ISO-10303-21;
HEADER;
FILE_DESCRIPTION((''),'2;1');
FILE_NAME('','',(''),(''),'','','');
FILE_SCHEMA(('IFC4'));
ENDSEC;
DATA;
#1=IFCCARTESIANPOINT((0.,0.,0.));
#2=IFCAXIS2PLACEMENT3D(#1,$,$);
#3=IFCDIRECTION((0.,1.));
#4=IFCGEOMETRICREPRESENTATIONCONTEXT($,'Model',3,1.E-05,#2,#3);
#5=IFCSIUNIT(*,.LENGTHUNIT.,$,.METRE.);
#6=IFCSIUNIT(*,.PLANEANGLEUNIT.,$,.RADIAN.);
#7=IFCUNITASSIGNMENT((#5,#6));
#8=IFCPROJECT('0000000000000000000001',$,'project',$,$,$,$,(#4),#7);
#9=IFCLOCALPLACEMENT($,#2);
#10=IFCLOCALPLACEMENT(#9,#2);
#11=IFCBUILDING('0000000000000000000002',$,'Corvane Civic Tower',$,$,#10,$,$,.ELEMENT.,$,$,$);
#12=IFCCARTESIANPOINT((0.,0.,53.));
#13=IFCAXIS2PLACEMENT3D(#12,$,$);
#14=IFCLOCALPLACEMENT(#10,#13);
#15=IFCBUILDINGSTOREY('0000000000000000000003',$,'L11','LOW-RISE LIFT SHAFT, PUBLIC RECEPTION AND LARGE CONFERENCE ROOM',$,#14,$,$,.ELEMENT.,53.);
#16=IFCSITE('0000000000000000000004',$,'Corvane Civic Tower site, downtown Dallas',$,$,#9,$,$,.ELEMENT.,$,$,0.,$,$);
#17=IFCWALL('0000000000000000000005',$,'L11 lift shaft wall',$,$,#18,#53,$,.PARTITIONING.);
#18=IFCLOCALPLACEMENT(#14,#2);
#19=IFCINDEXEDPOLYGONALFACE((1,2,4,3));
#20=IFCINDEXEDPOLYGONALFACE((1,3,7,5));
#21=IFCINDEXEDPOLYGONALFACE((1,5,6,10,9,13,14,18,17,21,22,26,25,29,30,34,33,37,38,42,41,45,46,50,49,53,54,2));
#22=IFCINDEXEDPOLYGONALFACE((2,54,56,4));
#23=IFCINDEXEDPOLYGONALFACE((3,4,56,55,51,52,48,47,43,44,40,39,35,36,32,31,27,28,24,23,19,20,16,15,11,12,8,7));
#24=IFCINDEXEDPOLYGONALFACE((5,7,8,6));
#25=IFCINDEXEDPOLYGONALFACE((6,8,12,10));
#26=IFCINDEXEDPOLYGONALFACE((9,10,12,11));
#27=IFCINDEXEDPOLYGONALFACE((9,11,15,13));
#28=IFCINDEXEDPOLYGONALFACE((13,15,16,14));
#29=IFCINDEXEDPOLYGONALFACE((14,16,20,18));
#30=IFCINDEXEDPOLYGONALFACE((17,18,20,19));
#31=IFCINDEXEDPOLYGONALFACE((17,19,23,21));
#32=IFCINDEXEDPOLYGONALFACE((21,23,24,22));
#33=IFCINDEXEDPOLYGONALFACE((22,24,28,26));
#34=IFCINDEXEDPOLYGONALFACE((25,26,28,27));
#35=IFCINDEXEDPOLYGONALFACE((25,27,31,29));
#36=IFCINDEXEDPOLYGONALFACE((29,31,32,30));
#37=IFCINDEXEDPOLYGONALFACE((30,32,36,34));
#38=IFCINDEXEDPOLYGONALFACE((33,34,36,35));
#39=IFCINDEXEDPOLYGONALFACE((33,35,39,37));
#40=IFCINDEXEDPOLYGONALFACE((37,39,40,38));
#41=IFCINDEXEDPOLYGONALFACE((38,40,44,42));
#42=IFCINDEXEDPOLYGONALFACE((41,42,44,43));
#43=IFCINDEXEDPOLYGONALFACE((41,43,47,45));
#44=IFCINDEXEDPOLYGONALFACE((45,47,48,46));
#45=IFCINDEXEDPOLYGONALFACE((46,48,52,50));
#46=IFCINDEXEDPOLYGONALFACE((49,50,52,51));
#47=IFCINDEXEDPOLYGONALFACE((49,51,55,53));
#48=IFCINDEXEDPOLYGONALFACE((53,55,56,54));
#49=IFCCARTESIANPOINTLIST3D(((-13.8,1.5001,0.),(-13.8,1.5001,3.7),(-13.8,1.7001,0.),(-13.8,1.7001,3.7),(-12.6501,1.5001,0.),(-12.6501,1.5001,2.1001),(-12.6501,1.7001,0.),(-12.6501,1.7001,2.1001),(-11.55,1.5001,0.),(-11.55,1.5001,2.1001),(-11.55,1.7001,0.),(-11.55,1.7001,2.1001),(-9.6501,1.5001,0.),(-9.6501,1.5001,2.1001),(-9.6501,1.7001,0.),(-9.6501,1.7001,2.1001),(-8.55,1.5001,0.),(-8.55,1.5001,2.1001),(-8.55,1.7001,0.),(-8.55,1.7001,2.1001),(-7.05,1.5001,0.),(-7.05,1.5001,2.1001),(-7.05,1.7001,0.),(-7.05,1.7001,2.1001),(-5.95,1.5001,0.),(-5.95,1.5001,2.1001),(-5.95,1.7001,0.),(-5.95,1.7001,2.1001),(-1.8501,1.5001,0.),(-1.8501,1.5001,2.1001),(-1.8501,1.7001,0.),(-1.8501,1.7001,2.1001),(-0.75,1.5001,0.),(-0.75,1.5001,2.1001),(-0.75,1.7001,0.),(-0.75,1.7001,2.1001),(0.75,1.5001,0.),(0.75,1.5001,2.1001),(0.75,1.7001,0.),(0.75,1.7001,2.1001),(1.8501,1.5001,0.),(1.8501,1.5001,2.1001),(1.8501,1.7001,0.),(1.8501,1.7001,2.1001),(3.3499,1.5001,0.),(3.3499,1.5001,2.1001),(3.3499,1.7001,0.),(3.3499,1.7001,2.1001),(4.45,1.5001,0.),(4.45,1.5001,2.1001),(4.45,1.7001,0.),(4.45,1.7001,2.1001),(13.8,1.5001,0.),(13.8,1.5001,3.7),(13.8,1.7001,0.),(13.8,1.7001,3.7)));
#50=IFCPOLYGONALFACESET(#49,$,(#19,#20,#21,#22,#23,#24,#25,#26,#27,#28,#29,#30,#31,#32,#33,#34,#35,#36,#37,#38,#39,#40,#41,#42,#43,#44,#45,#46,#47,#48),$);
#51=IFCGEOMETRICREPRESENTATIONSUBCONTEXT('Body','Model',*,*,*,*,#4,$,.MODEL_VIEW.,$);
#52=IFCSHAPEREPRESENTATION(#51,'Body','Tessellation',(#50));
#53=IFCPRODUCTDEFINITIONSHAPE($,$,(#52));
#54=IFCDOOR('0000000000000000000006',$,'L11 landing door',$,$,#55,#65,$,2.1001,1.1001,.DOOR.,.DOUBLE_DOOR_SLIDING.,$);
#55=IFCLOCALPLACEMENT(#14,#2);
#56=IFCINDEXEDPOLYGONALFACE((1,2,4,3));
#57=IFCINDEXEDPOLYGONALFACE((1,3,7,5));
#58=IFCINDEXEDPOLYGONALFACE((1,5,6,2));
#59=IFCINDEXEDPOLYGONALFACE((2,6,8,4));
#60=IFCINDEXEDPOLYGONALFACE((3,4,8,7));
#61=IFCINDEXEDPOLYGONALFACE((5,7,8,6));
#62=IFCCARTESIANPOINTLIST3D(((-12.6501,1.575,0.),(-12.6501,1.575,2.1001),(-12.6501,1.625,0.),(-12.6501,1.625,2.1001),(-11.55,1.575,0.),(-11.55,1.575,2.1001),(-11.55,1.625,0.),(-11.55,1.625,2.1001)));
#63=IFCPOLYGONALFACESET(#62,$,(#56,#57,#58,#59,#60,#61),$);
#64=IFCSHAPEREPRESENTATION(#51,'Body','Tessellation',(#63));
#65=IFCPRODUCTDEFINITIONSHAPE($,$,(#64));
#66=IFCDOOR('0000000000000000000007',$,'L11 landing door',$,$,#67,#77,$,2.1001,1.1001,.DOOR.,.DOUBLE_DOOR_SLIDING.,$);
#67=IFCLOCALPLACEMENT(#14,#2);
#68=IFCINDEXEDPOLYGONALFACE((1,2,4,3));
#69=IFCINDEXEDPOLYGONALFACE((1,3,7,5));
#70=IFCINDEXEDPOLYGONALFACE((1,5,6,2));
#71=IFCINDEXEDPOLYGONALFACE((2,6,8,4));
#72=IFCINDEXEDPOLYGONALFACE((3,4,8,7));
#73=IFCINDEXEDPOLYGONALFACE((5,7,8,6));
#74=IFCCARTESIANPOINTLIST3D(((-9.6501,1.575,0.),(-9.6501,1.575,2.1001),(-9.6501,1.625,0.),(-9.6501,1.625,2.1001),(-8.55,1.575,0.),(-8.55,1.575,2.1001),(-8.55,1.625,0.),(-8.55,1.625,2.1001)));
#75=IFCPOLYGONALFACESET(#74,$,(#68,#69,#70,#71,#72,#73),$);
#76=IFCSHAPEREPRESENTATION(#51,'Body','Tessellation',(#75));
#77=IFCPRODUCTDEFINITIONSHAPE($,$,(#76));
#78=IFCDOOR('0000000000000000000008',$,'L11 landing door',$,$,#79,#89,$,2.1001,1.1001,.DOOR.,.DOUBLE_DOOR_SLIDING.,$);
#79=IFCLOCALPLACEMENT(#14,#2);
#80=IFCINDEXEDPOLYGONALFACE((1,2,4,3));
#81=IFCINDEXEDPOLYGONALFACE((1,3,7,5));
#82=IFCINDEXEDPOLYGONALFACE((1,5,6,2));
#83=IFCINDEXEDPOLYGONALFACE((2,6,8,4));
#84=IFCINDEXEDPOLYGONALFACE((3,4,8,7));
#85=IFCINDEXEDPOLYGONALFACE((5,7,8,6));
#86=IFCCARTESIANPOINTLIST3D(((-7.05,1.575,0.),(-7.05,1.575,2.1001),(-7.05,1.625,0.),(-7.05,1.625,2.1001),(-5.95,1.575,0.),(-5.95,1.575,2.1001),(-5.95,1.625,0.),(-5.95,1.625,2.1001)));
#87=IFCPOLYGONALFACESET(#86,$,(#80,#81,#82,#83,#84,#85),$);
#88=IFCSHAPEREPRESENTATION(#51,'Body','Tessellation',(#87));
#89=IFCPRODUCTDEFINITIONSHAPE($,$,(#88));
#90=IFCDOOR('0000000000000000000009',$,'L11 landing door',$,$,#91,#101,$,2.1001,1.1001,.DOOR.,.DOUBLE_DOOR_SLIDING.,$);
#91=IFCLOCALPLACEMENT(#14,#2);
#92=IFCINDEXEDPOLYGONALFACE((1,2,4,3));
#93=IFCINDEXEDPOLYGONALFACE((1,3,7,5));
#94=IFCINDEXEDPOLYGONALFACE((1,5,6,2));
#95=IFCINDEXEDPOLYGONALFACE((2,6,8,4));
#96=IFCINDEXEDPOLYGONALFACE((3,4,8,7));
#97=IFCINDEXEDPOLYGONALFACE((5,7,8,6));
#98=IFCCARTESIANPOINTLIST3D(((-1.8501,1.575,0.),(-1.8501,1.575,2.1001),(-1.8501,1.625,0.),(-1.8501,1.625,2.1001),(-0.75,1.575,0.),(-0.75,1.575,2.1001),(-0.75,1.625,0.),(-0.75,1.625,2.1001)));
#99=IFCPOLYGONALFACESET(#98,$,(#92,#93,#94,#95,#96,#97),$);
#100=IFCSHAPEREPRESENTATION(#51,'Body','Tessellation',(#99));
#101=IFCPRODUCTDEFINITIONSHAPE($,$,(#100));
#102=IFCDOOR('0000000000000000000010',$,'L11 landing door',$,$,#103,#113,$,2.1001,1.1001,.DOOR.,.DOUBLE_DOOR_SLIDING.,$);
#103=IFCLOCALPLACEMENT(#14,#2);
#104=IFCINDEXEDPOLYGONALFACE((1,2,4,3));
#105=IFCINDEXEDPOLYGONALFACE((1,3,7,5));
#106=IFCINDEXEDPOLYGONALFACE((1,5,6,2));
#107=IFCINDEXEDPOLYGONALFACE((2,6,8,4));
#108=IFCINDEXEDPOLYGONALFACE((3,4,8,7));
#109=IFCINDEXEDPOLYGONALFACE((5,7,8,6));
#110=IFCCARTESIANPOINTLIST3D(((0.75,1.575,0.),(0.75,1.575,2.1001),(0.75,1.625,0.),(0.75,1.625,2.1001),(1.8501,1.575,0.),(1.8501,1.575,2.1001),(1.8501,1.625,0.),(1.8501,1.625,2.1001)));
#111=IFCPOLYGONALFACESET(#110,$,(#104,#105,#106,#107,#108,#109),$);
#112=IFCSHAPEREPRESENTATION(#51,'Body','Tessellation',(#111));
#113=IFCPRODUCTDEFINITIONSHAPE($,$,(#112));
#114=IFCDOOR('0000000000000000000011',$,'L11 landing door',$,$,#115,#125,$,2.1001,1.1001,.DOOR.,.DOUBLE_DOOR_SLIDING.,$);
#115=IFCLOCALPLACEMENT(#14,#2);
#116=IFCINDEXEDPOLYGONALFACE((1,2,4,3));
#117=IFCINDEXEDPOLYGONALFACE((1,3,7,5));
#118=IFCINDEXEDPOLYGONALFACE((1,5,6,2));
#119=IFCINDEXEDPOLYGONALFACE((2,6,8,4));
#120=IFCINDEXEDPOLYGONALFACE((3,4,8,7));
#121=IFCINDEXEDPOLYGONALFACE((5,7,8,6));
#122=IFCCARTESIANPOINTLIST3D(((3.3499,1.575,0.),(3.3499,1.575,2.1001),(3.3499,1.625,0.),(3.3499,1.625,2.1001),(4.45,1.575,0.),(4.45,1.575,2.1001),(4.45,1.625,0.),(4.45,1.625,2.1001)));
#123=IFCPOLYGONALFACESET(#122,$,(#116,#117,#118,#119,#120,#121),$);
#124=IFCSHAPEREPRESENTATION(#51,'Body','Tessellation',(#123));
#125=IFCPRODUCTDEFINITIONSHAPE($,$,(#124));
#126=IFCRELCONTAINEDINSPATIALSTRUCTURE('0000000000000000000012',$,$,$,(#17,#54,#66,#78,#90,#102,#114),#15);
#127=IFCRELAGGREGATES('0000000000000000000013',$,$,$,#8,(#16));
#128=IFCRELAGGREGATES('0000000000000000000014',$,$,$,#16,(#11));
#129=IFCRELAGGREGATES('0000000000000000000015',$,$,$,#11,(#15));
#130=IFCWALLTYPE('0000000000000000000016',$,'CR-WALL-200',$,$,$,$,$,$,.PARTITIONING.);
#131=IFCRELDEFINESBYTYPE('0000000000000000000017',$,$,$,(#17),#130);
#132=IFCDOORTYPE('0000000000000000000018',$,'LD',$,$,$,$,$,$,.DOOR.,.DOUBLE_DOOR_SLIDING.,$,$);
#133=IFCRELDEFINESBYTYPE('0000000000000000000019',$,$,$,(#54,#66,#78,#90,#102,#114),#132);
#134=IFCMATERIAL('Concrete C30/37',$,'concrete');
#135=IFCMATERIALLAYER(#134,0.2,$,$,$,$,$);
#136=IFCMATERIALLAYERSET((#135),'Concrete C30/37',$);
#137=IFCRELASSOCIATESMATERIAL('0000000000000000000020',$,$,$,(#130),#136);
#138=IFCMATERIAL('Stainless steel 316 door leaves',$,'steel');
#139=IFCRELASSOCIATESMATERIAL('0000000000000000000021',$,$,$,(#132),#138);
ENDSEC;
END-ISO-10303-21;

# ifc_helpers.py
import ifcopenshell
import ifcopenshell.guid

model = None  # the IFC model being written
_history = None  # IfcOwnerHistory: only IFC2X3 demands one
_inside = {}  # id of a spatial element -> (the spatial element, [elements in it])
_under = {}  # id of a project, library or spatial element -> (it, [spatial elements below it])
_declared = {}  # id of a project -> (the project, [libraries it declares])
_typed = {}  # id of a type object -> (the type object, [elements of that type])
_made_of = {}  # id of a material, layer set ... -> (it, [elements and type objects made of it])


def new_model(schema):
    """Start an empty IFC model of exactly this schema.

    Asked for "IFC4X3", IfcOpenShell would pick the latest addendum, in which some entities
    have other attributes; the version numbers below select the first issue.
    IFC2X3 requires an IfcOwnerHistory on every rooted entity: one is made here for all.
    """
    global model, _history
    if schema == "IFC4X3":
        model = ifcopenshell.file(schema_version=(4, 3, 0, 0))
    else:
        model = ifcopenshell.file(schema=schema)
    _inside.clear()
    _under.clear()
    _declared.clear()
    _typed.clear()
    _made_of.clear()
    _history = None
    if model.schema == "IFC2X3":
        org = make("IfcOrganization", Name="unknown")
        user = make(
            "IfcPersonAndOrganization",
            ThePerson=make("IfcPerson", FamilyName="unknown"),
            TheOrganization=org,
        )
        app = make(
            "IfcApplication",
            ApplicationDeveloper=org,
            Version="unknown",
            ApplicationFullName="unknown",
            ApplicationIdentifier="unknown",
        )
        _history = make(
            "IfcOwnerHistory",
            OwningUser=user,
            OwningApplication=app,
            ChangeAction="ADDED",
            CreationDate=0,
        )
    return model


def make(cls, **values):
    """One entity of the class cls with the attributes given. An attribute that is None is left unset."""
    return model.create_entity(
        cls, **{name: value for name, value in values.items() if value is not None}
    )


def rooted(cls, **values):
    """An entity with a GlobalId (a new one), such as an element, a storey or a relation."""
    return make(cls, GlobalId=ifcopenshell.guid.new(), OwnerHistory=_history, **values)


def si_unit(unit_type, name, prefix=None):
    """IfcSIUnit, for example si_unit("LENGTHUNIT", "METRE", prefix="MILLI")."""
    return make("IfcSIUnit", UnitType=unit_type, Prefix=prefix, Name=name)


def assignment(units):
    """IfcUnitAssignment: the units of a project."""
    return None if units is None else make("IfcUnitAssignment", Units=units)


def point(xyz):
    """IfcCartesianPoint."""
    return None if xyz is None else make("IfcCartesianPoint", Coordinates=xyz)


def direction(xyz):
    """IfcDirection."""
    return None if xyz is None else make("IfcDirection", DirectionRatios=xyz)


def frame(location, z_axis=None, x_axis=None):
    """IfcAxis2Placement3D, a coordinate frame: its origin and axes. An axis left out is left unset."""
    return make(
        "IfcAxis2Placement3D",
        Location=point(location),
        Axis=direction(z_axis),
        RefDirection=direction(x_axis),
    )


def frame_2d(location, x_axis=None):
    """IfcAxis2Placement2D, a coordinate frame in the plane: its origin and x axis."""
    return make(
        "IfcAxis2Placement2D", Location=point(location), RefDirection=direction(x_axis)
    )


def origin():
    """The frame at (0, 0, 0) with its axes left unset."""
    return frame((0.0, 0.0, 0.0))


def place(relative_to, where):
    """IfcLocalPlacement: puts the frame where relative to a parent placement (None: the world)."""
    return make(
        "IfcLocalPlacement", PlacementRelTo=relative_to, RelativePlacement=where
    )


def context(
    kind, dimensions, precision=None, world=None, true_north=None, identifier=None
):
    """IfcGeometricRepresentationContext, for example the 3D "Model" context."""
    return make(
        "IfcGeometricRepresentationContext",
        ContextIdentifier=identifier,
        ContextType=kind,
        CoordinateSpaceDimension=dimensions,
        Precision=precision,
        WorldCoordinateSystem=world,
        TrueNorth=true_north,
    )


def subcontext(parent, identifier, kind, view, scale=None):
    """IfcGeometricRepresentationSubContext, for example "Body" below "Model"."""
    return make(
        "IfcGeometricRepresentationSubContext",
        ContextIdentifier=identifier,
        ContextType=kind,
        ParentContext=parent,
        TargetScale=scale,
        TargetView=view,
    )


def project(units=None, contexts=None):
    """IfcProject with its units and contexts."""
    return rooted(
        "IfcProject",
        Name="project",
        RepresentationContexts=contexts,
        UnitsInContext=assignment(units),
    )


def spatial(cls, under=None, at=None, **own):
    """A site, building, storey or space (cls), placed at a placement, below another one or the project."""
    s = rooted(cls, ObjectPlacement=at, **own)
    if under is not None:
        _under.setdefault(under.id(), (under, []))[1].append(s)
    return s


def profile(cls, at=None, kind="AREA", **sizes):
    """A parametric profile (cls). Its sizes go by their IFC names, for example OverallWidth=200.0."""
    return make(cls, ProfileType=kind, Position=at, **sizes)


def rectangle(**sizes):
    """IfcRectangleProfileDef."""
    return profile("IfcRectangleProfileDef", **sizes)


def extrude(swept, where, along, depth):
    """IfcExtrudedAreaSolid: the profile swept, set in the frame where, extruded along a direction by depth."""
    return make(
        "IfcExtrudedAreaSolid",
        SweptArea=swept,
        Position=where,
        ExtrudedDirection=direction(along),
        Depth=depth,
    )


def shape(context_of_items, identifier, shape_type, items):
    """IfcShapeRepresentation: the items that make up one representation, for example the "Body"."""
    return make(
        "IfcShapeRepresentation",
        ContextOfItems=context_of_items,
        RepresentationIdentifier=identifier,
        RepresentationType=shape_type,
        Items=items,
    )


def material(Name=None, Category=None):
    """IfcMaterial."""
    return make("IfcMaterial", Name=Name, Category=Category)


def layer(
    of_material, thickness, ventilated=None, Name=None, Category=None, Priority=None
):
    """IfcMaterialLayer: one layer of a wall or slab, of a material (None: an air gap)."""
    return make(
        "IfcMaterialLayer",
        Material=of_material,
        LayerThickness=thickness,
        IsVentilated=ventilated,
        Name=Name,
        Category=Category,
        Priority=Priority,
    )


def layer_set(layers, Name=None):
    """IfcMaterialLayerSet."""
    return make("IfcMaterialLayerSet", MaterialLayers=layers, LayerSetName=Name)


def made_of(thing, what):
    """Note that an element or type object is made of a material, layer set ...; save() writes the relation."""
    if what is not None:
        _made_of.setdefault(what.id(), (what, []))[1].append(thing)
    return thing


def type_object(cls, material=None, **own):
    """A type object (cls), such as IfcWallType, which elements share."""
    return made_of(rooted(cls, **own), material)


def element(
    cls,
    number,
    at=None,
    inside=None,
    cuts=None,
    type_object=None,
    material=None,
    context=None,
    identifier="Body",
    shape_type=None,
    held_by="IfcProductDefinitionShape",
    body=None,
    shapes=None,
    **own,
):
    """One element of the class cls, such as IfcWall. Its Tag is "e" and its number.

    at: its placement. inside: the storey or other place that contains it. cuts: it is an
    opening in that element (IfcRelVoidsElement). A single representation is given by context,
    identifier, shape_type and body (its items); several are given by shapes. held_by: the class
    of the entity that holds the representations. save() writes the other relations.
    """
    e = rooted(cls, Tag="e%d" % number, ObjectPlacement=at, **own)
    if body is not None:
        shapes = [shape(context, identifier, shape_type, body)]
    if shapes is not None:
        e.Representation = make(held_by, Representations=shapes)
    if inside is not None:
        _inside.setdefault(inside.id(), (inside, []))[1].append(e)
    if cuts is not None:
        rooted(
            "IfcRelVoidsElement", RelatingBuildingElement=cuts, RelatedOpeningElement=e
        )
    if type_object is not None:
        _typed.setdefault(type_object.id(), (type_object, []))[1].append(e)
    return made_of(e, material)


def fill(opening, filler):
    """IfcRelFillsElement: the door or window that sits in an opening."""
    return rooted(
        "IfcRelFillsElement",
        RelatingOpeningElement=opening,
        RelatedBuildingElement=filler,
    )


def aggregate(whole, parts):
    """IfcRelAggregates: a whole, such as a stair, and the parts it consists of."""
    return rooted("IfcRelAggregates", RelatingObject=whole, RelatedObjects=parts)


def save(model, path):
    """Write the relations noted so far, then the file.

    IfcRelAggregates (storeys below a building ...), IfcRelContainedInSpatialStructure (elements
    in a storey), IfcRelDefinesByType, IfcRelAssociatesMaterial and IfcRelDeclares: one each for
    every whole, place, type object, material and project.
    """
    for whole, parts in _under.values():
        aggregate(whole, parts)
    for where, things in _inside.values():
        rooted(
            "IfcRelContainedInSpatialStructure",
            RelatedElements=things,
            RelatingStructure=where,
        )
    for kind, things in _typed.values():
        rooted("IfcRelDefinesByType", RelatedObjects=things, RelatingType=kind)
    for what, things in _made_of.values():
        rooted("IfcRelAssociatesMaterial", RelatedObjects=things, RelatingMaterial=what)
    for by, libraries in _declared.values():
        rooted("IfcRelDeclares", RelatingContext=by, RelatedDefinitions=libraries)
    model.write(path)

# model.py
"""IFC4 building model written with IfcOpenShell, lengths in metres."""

from ifc_helpers import new_model, si_unit, direction, frame, frame_2d, origin, place, context, subcontext, project, spatial, rectangle, extrude, material, layer, layer_set, type_object, element, fill, save


model = new_model("IFC4")

# Units and contexts
model_context = context("Model", 3, precision=1e-05, world=origin(), true_north=direction((0.0, 1.0)))
body_context = subcontext(model_context, "Body", "Model", "MODEL_VIEW")
ifc_project = project(units=[si_unit("LENGTHUNIT", "METRE"), si_unit("PLANEANGLEUNIT", "RADIAN")], contexts=[model_context])

# Site, building, storey
site_placement = place(None, origin())
site = spatial("IfcSite", under=ifc_project, at=site_placement, Name="Corvane Civic Tower site, downtown Dallas", CompositionType="ELEMENT", RefElevation=0.0)
building_placement = place(site_placement, origin())
building = spatial("IfcBuilding", under=site, at=building_placement, Name="Corvane Civic Tower", CompositionType="ELEMENT")
storey_placement = place(building_placement, frame((0.0, 0.0, 53.0)))
storey = spatial("IfcBuildingStorey", under=building, at=storey_placement, Name="L11", Description="LOW-RISE LIFT SHAFT, PUBLIC RECEPTION AND LARGE CONFERENCE ROOM", CompositionType="ELEMENT", Elevation=53.0)

# Wall, openings, doors
ifc_material_1 = material(Name="Concrete C30/37", Category="concrete")
ifc_layer_1 = layer(ifc_material_1, 0.2)
ifc_layer_set_1 = layer_set([ifc_layer_1], Name="Concrete C30/37")
wall_type_1 = type_object("IfcWallType", Name="CR-WALL-200", PredefinedType="PARTITIONING", material=ifc_layer_set_1)
wall_1_placement = place(storey_placement, frame((-13.8, 1.6001, 0.0), z_axis=(0.0, 0.0, 1.0), x_axis=(1.0, 0.0, 0.0)))
wall_1 = element("IfcWall", 1, at=wall_1_placement, inside=storey, type_object=wall_type_1, Name="L11 lift shaft wall", PredefinedType="PARTITIONING", context=body_context, shape_type="SweptSolid", body=[
    extrude(rectangle(XDim=27.6001, YDim=0.2, at=frame_2d((13.8, 0.0))), origin(), (0.0, 0.0, 1.0), 3.7),
])
opening_1_placement = place(wall_1_placement, frame((1.1499, 0.0, 0.0)))
opening_1 = element("IfcOpeningElement", 2, at=opening_1_placement, cuts=wall_1, PredefinedType="OPENING", context=body_context, shape_type="SweptSolid", body=[
    extrude(rectangle(XDim=1.1001, YDim=2.1001, at=frame_2d((0.55, 1.05))), frame((0.0, 0.1099, 0.0), z_axis=(0.0, -1.0, 0.0), x_axis=(1.0, 0.0, 0.0)), (0.0, 0.0, 1.0), 0.22),
])
opening_2_placement = place(wall_1_placement, frame((4.1499, 0.0, 0.0)))
opening_2 = element("IfcOpeningElement", 3, at=opening_2_placement, cuts=wall_1, PredefinedType="OPENING", context=body_context, shape_type="SweptSolid", body=[
    extrude(rectangle(XDim=1.1001, YDim=2.1001, at=frame_2d((0.55, 1.05))), frame((0.0, 0.1099, 0.0), z_axis=(0.0, -1.0, 0.0), x_axis=(1.0, 0.0, 0.0)), (0.0, 0.0, 1.0), 0.22),
])
opening_3_placement = place(wall_1_placement, frame((6.75, 0.0, 0.0)))
opening_3 = element("IfcOpeningElement", 4, at=opening_3_placement, cuts=wall_1, PredefinedType="OPENING", context=body_context, shape_type="SweptSolid", body=[
    extrude(rectangle(XDim=1.1001, YDim=2.1001, at=frame_2d((0.55, 1.05))), frame((0.0, 0.1099, 0.0), z_axis=(0.0, -1.0, 0.0), x_axis=(1.0, 0.0, 0.0)), (0.0, 0.0, 1.0), 0.22),
])
opening_4_placement = place(wall_1_placement, frame((11.95, 0.0, 0.0)))
opening_4 = element("IfcOpeningElement", 5, at=opening_4_placement, cuts=wall_1, PredefinedType="OPENING", context=body_context, shape_type="SweptSolid", body=[
    extrude(rectangle(XDim=1.1001, YDim=2.1001, at=frame_2d((0.55, 1.05))), frame((0.0, 0.1099, 0.0), z_axis=(0.0, -1.0, 0.0), x_axis=(1.0, 0.0, 0.0)), (0.0, 0.0, 1.0), 0.22),
])
opening_5_placement = place(wall_1_placement, frame((14.55, 0.0, 0.0)))
opening_5 = element("IfcOpeningElement", 6, at=opening_5_placement, cuts=wall_1, PredefinedType="OPENING", context=body_context, shape_type="SweptSolid", body=[
    extrude(rectangle(XDim=1.1001, YDim=2.1001, at=frame_2d((0.55, 1.05))), frame((0.0, 0.1099, 0.0), z_axis=(0.0, -1.0, 0.0), x_axis=(1.0, 0.0, 0.0)), (0.0, 0.0, 1.0), 0.22),
])
opening_6_placement = place(wall_1_placement, frame((17.1499, 0.0, 0.0)))
opening_6 = element("IfcOpeningElement", 7, at=opening_6_placement, cuts=wall_1, PredefinedType="OPENING", context=body_context, shape_type="SweptSolid", body=[
    extrude(rectangle(XDim=1.1001, YDim=2.1001, at=frame_2d((0.55, 1.05))), frame((0.0, 0.1099, 0.0), z_axis=(0.0, -1.0, 0.0), x_axis=(1.0, 0.0, 0.0)), (0.0, 0.0, 1.0), 0.22),
])
ifc_material_2 = material(Name="Stainless steel 316 door leaves", Category="steel")
door_type_1 = type_object("IfcDoorType", Name="LD", OperationType="DOUBLE_DOOR_SLIDING", PredefinedType="DOOR", material=ifc_material_2)
door_1_placement = place(opening_1_placement, origin())
door_1 = element("IfcDoor", 8, at=door_1_placement, inside=storey, type_object=door_type_1, Name="L11 landing door", OperationType="DOUBLE_DOOR_SLIDING", OverallHeight=2.1001, OverallWidth=1.1001, PredefinedType="DOOR", context=body_context, shape_type="SweptSolid", body=[
    extrude(rectangle(XDim=1.1001, YDim=2.1001, at=frame_2d((0.55, 1.05))), frame((0.0, 0.0249, 0.0), z_axis=(0.0, -1.0, 0.0), x_axis=(1.0, 0.0, 0.0)), (0.0, 0.0, 1.0), 0.05),
])
fill(opening_1, door_1)
door_2_placement = place(opening_2_placement, origin())
door_2 = element("IfcDoor", 9, at=door_2_placement, inside=storey, type_object=door_type_1, Name="L11 landing door", OperationType="DOUBLE_DOOR_SLIDING", OverallHeight=2.1001, OverallWidth=1.1001, PredefinedType="DOOR", context=body_context, shape_type="SweptSolid", body=[
    extrude(rectangle(XDim=1.1001, YDim=2.1001, at=frame_2d((0.55, 1.05))), frame((0.0, 0.0249, 0.0), z_axis=(0.0, -1.0, 0.0), x_axis=(1.0, 0.0, 0.0)), (0.0, 0.0, 1.0), 0.05),
])
fill(opening_2, door_2)
door_3_placement = place(opening_3_placement, origin())
door_3 = element("IfcDoor", 10, at=door_3_placement, inside=storey, type_object=door_type_1, Name="L11 landing door", OperationType="DOUBLE_DOOR_SLIDING", OverallHeight=2.1001, OverallWidth=1.1001, PredefinedType="DOOR", context=body_context, shape_type="SweptSolid", body=[
    extrude(rectangle(XDim=1.1001, YDim=2.1001, at=frame_2d((0.55, 1.05))), frame((0.0, 0.0249, 0.0), z_axis=(0.0, -1.0, 0.0), x_axis=(1.0, 0.0, 0.0)), (0.0, 0.0, 1.0), 0.05),
])
fill(opening_3, door_3)
door_4_placement = place(opening_4_placement, origin())
door_4 = element("IfcDoor", 11, at=door_4_placement, inside=storey, type_object=door_type_1, Name="L11 landing door", OperationType="DOUBLE_DOOR_SLIDING", OverallHeight=2.1001, OverallWidth=1.1001, PredefinedType="DOOR", context=body_context, shape_type="SweptSolid", body=[
    extrude(rectangle(XDim=1.1001, YDim=2.1001, at=frame_2d((0.55, 1.05))), frame((0.0, 0.0249, 0.0), z_axis=(0.0, -1.0, 0.0), x_axis=(1.0, 0.0, 0.0)), (0.0, 0.0, 1.0), 0.05),
])
fill(opening_4, door_4)
door_5_placement = place(opening_5_placement, origin())
door_5 = element("IfcDoor", 12, at=door_5_placement, inside=storey, type_object=door_type_1, Name="L11 landing door", OperationType="DOUBLE_DOOR_SLIDING", OverallHeight=2.1001, OverallWidth=1.1001, PredefinedType="DOOR", context=body_context, shape_type="SweptSolid", body=[
    extrude(rectangle(XDim=1.1001, YDim=2.1001, at=frame_2d((0.55, 1.05))), frame((0.0, 0.0249, 0.0), z_axis=(0.0, -1.0, 0.0), x_axis=(1.0, 0.0, 0.0)), (0.0, 0.0, 1.0), 0.05),
])
fill(opening_5, door_5)
door_6_placement = place(opening_6_placement, origin())
door_6 = element("IfcDoor", 13, at=door_6_placement, inside=storey, type_object=door_type_1, Name="L11 landing door", OperationType="DOUBLE_DOOR_SLIDING", OverallHeight=2.1001, OverallWidth=1.1001, PredefinedType="DOOR", context=body_context, shape_type="SweptSolid", body=[
    extrude(rectangle(XDim=1.1001, YDim=2.1001, at=frame_2d((0.55, 1.05))), frame((0.0, 0.0249, 0.0), z_axis=(0.0, -1.0, 0.0), x_axis=(1.0, 0.0, 0.0)), (0.0, 0.0, 1.0), 0.05),
])
fill(opening_6, door_6)

save(model, "model.ifc")
